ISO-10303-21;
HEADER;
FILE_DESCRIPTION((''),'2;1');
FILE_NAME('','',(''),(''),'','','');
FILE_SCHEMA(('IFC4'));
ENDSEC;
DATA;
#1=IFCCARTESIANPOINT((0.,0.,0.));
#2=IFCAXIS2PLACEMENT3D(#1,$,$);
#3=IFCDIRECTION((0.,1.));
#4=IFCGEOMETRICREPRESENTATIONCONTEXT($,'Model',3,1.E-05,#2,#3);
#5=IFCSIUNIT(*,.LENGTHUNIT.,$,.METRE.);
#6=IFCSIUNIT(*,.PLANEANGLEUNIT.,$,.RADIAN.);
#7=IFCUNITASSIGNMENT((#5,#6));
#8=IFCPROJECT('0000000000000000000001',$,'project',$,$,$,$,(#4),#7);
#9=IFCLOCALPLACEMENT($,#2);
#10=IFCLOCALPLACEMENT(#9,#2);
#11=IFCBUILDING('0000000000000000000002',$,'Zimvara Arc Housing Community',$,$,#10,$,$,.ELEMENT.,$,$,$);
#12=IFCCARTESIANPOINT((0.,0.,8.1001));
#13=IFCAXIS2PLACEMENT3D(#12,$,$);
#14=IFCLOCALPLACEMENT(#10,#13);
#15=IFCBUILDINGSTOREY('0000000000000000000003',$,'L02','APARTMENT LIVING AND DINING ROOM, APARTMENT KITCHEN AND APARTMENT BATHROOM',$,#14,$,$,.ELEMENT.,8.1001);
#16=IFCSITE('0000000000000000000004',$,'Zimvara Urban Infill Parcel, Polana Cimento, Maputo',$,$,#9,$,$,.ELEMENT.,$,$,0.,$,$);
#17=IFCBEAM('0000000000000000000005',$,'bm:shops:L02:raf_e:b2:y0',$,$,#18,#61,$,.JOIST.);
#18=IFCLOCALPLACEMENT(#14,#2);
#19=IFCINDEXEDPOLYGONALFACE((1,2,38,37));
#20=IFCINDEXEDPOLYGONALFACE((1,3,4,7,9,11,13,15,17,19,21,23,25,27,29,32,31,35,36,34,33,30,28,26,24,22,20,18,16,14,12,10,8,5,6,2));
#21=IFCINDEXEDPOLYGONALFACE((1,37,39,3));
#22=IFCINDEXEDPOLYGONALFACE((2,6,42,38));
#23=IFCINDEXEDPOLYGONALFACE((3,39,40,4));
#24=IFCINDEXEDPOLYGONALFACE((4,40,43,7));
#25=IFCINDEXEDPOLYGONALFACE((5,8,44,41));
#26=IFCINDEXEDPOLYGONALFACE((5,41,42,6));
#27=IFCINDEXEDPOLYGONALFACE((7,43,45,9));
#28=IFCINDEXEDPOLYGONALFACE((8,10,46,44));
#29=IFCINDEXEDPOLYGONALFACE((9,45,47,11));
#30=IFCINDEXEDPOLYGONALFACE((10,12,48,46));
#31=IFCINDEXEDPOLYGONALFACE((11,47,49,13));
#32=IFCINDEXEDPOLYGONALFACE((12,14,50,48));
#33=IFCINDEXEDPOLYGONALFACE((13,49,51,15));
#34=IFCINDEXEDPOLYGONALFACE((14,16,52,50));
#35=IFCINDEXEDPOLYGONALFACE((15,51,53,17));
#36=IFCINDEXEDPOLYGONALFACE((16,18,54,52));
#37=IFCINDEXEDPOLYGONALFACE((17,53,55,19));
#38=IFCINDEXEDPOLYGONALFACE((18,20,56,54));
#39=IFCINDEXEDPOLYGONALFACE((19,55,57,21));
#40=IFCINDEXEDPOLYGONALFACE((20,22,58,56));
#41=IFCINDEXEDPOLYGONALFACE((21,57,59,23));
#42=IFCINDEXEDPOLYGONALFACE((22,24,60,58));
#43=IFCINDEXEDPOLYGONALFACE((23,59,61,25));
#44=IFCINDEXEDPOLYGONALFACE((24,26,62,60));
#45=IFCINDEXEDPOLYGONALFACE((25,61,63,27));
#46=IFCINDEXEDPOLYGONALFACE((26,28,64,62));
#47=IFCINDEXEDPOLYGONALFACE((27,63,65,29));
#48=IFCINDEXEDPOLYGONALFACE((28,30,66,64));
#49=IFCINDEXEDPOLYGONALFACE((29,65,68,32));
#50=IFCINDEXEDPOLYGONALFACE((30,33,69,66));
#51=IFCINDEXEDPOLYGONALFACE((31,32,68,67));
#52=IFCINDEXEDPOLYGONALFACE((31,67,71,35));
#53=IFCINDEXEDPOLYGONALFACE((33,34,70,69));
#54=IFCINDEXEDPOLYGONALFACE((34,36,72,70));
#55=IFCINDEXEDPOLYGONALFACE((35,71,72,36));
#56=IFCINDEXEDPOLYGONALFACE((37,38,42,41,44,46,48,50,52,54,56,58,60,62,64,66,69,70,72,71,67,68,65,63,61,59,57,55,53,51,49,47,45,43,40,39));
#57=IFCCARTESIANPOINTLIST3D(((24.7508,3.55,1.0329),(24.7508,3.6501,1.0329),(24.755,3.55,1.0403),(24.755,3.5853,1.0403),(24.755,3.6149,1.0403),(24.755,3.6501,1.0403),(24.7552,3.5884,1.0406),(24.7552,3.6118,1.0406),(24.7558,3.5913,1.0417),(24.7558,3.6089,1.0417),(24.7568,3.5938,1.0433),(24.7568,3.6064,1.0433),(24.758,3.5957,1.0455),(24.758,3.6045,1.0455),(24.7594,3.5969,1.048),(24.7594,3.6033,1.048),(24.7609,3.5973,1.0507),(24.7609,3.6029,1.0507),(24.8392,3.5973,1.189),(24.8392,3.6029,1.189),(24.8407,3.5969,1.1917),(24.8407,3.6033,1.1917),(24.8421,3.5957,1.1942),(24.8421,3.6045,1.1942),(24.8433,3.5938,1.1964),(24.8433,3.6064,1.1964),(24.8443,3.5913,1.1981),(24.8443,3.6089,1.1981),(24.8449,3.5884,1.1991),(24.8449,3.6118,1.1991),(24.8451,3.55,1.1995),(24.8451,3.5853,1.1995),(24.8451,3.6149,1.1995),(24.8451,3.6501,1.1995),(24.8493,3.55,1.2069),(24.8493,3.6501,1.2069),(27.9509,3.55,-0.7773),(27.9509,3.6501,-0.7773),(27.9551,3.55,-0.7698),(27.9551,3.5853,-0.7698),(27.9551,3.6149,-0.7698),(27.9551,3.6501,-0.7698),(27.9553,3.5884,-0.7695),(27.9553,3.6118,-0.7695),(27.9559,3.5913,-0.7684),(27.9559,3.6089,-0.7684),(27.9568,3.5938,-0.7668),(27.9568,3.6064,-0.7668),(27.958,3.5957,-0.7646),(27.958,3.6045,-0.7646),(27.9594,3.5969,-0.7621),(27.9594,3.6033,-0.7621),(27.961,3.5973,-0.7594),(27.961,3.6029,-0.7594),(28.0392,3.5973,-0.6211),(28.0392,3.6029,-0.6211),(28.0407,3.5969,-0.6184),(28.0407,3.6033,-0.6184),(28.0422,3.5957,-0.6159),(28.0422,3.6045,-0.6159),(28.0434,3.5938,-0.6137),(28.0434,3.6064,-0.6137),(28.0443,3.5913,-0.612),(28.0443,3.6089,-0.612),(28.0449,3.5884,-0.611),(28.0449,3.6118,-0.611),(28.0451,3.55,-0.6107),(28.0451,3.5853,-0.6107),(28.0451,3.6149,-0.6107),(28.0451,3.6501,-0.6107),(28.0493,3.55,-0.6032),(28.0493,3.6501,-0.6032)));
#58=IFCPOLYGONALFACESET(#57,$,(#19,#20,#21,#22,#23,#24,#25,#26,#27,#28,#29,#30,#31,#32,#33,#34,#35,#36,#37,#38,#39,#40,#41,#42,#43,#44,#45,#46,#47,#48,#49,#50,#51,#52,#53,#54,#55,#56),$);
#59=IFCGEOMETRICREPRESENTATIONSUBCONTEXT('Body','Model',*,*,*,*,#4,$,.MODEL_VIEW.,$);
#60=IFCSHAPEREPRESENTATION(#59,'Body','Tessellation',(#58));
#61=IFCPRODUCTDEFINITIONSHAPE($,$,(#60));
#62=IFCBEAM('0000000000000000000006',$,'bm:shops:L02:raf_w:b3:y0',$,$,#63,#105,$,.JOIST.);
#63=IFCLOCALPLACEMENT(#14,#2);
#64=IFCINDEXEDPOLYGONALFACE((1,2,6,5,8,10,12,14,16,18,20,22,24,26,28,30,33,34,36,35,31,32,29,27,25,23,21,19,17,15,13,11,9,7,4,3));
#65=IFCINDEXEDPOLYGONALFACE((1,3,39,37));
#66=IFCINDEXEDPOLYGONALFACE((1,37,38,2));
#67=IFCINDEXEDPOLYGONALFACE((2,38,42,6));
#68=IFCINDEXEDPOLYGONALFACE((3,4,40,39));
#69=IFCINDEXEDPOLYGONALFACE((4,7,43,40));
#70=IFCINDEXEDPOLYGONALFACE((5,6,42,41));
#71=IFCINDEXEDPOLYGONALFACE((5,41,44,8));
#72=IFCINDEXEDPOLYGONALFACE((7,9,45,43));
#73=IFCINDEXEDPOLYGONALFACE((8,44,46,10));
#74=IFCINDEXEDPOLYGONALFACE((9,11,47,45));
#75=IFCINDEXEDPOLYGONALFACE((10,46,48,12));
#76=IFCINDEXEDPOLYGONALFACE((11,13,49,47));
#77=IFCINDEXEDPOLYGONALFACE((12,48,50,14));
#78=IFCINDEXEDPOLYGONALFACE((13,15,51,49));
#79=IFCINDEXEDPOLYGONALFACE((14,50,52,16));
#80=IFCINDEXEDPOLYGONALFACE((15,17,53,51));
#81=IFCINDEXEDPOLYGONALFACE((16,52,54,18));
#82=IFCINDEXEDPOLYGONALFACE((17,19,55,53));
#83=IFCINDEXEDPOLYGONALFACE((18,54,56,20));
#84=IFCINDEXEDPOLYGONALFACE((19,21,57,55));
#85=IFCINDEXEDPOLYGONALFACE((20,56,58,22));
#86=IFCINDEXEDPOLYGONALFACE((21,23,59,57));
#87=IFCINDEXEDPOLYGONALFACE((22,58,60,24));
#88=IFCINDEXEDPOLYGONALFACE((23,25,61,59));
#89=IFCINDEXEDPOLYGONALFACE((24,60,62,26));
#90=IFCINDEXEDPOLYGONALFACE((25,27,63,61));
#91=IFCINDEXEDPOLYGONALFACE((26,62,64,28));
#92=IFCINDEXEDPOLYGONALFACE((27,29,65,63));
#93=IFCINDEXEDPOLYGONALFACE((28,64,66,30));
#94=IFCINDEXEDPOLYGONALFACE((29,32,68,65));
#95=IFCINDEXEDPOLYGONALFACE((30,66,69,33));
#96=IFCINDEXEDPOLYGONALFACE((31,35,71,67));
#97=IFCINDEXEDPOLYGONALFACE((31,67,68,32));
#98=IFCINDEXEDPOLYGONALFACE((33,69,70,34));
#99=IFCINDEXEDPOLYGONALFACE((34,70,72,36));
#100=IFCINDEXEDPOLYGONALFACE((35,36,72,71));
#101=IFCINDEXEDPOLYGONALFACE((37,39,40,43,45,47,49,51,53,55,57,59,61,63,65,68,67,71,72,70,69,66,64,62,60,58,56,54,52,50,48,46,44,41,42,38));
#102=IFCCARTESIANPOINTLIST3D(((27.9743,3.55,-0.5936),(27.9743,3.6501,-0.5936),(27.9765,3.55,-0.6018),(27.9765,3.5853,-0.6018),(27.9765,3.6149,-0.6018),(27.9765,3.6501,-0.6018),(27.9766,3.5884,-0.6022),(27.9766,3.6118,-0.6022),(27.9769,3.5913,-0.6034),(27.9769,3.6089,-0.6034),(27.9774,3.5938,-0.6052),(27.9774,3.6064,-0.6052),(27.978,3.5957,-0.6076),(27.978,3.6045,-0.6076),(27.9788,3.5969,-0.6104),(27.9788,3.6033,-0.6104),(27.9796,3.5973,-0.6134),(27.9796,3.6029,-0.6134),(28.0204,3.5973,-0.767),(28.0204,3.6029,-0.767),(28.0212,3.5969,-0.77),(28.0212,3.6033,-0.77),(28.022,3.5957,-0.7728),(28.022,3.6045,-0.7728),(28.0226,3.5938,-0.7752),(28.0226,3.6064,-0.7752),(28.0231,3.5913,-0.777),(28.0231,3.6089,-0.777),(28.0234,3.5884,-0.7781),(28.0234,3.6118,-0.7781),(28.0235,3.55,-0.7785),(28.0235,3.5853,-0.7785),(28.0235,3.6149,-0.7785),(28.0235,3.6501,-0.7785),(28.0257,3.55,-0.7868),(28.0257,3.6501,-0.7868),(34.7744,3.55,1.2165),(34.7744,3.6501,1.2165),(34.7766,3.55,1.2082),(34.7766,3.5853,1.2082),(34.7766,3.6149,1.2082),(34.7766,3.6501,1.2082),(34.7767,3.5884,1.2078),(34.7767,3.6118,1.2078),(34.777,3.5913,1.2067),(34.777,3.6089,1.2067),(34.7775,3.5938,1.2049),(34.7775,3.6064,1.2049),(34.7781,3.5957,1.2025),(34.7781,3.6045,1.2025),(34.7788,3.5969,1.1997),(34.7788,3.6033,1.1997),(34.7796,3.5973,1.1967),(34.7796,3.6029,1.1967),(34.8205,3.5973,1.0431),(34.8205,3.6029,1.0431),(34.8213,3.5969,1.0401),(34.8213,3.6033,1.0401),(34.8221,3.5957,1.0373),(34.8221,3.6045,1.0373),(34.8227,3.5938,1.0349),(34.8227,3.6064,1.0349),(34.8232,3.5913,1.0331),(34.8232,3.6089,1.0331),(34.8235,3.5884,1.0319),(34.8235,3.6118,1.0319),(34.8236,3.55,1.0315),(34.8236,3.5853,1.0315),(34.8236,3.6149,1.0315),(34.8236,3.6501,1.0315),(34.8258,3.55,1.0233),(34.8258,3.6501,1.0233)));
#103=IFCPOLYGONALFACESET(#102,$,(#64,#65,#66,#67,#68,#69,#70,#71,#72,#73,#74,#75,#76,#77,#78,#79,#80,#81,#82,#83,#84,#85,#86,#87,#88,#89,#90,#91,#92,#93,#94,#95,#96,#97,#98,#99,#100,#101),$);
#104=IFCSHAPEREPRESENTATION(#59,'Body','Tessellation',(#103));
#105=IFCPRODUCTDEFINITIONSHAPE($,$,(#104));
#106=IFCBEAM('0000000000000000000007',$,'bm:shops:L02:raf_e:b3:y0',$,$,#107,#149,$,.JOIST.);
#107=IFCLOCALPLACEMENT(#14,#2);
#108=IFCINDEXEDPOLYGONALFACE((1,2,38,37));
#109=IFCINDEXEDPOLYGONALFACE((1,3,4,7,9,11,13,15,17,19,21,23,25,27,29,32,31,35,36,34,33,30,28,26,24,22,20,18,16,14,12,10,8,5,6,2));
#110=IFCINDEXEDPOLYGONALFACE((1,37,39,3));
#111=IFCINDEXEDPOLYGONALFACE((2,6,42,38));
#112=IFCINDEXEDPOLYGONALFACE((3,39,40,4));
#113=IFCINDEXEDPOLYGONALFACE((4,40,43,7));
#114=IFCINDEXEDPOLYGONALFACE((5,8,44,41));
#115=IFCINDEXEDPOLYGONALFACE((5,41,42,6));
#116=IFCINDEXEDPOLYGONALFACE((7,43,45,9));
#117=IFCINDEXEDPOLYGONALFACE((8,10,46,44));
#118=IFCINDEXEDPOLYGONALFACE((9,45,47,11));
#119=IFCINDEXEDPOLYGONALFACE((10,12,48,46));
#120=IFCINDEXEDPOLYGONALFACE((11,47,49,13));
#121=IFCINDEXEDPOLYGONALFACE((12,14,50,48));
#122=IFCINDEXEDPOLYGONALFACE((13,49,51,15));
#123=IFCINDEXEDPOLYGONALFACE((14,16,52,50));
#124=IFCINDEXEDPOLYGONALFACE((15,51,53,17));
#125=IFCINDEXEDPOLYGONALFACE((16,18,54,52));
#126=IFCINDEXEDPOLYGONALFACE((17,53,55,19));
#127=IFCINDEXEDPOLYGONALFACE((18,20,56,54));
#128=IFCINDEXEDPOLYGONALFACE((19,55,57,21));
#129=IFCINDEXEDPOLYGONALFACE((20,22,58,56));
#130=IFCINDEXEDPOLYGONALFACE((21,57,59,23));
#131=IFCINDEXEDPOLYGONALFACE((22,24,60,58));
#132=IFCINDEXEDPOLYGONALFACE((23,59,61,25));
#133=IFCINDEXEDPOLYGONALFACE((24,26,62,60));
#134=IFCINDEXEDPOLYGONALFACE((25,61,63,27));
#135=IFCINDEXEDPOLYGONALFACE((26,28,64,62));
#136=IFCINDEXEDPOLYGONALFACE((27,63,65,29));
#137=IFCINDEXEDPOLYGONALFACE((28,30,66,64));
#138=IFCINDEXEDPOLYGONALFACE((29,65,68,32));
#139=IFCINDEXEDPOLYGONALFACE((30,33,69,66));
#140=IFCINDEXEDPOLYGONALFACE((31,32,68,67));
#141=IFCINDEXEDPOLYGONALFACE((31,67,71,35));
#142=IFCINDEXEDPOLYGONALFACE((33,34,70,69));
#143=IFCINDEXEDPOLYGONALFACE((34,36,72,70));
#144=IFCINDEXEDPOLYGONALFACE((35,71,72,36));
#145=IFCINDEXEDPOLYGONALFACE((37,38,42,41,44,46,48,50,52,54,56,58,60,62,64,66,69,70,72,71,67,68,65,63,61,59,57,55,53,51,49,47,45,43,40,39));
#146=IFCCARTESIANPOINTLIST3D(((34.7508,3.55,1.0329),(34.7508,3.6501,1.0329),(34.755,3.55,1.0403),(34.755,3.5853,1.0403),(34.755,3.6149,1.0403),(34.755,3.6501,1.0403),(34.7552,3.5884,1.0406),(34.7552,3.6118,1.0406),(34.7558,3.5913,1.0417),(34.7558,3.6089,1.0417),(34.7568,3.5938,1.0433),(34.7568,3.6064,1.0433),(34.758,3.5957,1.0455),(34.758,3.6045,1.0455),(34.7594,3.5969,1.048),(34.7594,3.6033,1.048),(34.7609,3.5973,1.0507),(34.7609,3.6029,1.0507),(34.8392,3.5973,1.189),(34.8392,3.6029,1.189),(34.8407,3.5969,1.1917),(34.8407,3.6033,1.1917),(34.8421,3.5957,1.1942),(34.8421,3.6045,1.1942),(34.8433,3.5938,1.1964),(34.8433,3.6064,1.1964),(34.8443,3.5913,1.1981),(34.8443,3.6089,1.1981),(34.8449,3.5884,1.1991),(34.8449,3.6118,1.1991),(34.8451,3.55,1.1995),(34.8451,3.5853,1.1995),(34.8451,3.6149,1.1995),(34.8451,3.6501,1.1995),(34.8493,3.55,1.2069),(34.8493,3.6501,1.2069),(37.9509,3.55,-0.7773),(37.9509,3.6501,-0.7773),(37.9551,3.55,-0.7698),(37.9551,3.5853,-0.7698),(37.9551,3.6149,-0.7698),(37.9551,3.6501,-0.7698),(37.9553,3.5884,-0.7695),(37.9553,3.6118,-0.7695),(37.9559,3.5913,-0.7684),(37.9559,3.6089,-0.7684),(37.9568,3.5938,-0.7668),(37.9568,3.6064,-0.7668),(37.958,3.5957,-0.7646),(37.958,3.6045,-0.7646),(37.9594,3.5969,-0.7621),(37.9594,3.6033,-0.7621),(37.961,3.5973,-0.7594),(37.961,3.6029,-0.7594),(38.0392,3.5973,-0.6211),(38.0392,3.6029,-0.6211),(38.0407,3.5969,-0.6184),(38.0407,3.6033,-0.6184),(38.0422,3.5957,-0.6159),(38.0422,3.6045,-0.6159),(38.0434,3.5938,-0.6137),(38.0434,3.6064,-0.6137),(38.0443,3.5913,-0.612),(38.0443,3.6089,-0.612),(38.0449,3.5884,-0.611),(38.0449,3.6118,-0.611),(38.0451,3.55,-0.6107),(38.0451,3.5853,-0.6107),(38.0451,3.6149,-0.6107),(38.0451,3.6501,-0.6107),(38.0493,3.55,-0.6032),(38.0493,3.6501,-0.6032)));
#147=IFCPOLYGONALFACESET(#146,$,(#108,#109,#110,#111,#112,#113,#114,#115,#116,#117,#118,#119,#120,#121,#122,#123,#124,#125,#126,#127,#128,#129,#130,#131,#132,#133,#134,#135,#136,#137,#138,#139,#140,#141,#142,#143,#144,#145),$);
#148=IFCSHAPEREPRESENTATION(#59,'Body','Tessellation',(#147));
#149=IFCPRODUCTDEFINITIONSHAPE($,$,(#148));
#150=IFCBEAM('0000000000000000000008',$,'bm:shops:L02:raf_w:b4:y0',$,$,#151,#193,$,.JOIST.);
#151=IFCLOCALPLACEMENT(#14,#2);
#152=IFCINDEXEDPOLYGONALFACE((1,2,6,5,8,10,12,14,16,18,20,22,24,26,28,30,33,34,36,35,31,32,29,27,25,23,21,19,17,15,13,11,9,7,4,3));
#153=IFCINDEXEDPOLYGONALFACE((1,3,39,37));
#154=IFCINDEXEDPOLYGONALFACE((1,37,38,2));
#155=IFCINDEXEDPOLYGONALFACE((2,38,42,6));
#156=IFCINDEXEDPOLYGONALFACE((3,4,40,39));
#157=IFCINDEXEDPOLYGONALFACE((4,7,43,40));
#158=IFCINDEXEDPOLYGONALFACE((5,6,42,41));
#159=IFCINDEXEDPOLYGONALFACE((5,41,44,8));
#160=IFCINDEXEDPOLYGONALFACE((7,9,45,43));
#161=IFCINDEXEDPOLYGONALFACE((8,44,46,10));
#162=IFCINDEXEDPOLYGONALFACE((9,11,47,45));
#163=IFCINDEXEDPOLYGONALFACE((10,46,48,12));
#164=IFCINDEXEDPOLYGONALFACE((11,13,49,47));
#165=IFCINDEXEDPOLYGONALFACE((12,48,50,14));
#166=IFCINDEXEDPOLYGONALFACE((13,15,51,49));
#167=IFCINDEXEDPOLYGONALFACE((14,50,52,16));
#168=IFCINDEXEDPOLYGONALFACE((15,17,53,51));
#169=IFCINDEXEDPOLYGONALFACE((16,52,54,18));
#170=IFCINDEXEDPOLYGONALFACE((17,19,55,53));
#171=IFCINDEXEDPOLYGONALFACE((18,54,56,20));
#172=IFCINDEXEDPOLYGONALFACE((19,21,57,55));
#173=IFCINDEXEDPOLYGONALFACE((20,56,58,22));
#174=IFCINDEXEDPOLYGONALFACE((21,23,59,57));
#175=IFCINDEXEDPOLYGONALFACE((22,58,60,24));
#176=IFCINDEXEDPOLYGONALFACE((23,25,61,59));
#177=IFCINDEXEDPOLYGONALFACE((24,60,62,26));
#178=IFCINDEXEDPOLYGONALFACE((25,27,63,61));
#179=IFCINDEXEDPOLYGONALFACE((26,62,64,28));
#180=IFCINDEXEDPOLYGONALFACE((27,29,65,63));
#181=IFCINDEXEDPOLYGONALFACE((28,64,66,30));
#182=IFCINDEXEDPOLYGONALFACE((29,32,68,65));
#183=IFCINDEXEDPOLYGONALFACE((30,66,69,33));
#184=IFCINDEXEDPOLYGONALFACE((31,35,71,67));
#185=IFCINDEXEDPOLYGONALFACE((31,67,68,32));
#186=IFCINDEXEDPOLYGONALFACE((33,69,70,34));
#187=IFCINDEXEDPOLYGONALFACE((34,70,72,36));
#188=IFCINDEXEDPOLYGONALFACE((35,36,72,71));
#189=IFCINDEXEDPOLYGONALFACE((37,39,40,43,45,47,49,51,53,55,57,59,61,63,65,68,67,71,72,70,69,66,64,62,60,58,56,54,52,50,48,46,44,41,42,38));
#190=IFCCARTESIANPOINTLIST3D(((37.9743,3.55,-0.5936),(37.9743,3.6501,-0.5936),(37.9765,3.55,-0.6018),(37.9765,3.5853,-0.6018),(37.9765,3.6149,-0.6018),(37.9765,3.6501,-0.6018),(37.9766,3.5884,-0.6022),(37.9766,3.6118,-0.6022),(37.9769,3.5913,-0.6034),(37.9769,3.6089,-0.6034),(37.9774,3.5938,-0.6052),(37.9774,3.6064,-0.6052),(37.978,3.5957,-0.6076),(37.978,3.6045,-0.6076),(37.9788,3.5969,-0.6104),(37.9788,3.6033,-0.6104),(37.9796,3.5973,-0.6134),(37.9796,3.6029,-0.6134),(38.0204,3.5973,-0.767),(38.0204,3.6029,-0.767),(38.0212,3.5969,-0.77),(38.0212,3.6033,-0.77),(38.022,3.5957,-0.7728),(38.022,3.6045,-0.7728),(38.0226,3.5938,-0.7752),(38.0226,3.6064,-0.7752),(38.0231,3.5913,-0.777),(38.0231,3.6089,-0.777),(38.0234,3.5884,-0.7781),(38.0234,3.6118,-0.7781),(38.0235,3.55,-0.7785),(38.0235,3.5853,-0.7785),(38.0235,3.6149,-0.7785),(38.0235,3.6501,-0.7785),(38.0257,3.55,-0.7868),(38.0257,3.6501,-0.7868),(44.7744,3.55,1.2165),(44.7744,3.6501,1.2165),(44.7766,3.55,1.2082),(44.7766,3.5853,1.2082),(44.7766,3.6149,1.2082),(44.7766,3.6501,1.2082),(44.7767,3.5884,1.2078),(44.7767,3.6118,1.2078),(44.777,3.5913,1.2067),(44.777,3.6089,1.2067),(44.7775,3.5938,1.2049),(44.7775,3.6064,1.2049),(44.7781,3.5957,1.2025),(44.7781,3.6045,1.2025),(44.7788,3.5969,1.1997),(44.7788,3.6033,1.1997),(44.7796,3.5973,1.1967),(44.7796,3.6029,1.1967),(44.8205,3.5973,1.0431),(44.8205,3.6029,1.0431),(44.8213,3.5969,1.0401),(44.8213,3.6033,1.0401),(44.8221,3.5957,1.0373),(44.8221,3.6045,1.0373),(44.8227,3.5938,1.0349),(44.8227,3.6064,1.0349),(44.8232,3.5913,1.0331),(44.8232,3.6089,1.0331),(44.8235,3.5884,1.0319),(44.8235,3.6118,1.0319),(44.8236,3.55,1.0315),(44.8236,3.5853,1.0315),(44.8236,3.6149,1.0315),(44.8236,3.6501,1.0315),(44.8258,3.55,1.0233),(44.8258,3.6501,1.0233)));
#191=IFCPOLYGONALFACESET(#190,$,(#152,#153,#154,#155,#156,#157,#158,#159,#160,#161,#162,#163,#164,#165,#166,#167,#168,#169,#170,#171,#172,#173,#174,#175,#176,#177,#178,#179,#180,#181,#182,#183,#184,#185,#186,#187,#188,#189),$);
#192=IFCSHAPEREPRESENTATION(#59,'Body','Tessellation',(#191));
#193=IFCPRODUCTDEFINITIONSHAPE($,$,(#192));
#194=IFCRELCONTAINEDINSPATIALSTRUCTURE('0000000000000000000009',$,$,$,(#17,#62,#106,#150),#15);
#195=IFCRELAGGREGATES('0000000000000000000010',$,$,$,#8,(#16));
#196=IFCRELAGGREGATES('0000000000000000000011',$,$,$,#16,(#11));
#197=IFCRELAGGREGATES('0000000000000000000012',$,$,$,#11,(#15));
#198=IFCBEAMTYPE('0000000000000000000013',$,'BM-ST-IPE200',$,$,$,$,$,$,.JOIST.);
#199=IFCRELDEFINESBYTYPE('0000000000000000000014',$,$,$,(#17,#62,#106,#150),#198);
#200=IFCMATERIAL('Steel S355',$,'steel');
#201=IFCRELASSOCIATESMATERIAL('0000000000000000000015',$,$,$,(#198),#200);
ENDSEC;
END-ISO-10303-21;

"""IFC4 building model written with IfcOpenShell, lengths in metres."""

from ifc_helpers import new_model, si_unit, direction, frame, origin, origin_2d, place, context, subcontext, project, spatial, i_section, extrude, material, material_profile, profile_set, type_object, element, save


model = new_model("IFC4")

# Units and contexts
model_context = context("Model", 3, precision=1e-05, world=origin(), true_north=direction((0.0, 1.0)))
body_context = subcontext(model_context, "Body", "Model", "MODEL_VIEW")
ifc_project = project(units=[si_unit("LENGTHUNIT", "METRE"), si_unit("PLANEANGLEUNIT", "RADIAN")], contexts=[model_context])

# Site, building, storey
site_placement = place(None, origin())
site = spatial("IfcSite", under=ifc_project, at=site_placement, Name="Zimvara Urban Infill Parcel, Polana Cimento, Maputo", CompositionType="ELEMENT", RefElevation=0.0)
building_placement = place(site_placement, origin())
building = spatial("IfcBuilding", under=site, at=building_placement, Name="Zimvara Arc Housing Community", CompositionType="ELEMENT")
storey_placement = place(building_placement, frame((0.0, 0.0, 8.1001)))
storey = spatial("IfcBuildingStorey", under=building, at=storey_placement, Name="L02", Description="APARTMENT LIVING AND DINING ROOM, APARTMENT KITCHEN AND APARTMENT BATHROOM", CompositionType="ELEMENT", Elevation=8.1001)

# Beams
ifc_material_1 = material(Name="Steel S355", Category="steel")
ifc_material_profile_1 = material_profile(ifc_material_1, i_section(OverallWidth=0.1001, OverallDepth=0.2, WebThickness=0.0056, FlangeThickness=0.0085, FilletRadius=0.012, at=origin_2d()), Name="IPE 200")
ifc_profile_set_1 = profile_set([ifc_material_profile_1], Name="Steel S355")
beam_type_1 = type_object("IfcBeamType", Name="BM-ST-IPE200", PredefinedType="JOIST", material=ifc_profile_set_1)
beam_1_placement = place(storey_placement, frame((24.8, 3.6001, 1.1199), z_axis=(0.870401, 0.0, -0.492344), x_axis=(0.0, 1.0, 0.0)))
element("IfcBeam", 1, at=beam_1_placement, inside=storey, type_object=beam_type_1, Name="bm:shops:L02:raf_e:b2:y0", PredefinedType="JOIST", context=body_context, shape_type="SweptSolid", body=[
    extrude(i_section(OverallWidth=0.1001, OverallDepth=0.2, WebThickness=0.0056, FlangeThickness=0.0085, FilletRadius=0.012, at=origin_2d()), origin(), (0.0, 0.0, 1.0), 3.6765),
])
beam_2_placement = place(storey_placement, frame((28.0, 3.6001, -0.6902), z_axis=(0.966351, 0.0, 0.257226), x_axis=(0.0, 1.0, 0.0)))
element("IfcBeam", 2, at=beam_2_placement, inside=storey, type_object=beam_type_1, Name="bm:shops:L02:raf_w:b3:y0", PredefinedType="JOIST", context=body_context, shape_type="SweptSolid", body=[
    extrude(i_section(OverallWidth=0.1001, OverallDepth=0.2, WebThickness=0.0056, FlangeThickness=0.0085, FilletRadius=0.012, at=origin_2d()), origin(), (0.0, 0.0, 1.0), 7.0369),
])
beam_3_placement = place(storey_placement, frame((34.8, 3.6001, 1.1199), z_axis=(0.870401, 0.0, -0.492344), x_axis=(0.0, 1.0, 0.0)))
element("IfcBeam", 3, at=beam_3_placement, inside=storey, type_object=beam_type_1, Name="bm:shops:L02:raf_e:b3:y0", PredefinedType="JOIST", context=body_context, shape_type="SweptSolid", body=[
    extrude(i_section(OverallWidth=0.1001, OverallDepth=0.2, WebThickness=0.0056, FlangeThickness=0.0085, FilletRadius=0.012, at=origin_2d()), origin(), (0.0, 0.0, 1.0), 3.6765),
])
beam_4_placement = place(storey_placement, frame((38.0, 3.6001, -0.6902), z_axis=(0.966351, 0.0, 0.257226), x_axis=(0.0, 1.0, 0.0)))
element("IfcBeam", 4, at=beam_4_placement, inside=storey, type_object=beam_type_1, Name="bm:shops:L02:raf_w:b4:y0", PredefinedType="JOIST", context=body_context, shape_type="SweptSolid", body=[
    extrude(i_section(OverallWidth=0.1001, OverallDepth=0.2, WebThickness=0.0056, FlangeThickness=0.0085, FilletRadius=0.012, at=origin_2d()), origin(), (0.0, 0.0, 1.0), 7.0369),
])

save(model, "model.ifc")
